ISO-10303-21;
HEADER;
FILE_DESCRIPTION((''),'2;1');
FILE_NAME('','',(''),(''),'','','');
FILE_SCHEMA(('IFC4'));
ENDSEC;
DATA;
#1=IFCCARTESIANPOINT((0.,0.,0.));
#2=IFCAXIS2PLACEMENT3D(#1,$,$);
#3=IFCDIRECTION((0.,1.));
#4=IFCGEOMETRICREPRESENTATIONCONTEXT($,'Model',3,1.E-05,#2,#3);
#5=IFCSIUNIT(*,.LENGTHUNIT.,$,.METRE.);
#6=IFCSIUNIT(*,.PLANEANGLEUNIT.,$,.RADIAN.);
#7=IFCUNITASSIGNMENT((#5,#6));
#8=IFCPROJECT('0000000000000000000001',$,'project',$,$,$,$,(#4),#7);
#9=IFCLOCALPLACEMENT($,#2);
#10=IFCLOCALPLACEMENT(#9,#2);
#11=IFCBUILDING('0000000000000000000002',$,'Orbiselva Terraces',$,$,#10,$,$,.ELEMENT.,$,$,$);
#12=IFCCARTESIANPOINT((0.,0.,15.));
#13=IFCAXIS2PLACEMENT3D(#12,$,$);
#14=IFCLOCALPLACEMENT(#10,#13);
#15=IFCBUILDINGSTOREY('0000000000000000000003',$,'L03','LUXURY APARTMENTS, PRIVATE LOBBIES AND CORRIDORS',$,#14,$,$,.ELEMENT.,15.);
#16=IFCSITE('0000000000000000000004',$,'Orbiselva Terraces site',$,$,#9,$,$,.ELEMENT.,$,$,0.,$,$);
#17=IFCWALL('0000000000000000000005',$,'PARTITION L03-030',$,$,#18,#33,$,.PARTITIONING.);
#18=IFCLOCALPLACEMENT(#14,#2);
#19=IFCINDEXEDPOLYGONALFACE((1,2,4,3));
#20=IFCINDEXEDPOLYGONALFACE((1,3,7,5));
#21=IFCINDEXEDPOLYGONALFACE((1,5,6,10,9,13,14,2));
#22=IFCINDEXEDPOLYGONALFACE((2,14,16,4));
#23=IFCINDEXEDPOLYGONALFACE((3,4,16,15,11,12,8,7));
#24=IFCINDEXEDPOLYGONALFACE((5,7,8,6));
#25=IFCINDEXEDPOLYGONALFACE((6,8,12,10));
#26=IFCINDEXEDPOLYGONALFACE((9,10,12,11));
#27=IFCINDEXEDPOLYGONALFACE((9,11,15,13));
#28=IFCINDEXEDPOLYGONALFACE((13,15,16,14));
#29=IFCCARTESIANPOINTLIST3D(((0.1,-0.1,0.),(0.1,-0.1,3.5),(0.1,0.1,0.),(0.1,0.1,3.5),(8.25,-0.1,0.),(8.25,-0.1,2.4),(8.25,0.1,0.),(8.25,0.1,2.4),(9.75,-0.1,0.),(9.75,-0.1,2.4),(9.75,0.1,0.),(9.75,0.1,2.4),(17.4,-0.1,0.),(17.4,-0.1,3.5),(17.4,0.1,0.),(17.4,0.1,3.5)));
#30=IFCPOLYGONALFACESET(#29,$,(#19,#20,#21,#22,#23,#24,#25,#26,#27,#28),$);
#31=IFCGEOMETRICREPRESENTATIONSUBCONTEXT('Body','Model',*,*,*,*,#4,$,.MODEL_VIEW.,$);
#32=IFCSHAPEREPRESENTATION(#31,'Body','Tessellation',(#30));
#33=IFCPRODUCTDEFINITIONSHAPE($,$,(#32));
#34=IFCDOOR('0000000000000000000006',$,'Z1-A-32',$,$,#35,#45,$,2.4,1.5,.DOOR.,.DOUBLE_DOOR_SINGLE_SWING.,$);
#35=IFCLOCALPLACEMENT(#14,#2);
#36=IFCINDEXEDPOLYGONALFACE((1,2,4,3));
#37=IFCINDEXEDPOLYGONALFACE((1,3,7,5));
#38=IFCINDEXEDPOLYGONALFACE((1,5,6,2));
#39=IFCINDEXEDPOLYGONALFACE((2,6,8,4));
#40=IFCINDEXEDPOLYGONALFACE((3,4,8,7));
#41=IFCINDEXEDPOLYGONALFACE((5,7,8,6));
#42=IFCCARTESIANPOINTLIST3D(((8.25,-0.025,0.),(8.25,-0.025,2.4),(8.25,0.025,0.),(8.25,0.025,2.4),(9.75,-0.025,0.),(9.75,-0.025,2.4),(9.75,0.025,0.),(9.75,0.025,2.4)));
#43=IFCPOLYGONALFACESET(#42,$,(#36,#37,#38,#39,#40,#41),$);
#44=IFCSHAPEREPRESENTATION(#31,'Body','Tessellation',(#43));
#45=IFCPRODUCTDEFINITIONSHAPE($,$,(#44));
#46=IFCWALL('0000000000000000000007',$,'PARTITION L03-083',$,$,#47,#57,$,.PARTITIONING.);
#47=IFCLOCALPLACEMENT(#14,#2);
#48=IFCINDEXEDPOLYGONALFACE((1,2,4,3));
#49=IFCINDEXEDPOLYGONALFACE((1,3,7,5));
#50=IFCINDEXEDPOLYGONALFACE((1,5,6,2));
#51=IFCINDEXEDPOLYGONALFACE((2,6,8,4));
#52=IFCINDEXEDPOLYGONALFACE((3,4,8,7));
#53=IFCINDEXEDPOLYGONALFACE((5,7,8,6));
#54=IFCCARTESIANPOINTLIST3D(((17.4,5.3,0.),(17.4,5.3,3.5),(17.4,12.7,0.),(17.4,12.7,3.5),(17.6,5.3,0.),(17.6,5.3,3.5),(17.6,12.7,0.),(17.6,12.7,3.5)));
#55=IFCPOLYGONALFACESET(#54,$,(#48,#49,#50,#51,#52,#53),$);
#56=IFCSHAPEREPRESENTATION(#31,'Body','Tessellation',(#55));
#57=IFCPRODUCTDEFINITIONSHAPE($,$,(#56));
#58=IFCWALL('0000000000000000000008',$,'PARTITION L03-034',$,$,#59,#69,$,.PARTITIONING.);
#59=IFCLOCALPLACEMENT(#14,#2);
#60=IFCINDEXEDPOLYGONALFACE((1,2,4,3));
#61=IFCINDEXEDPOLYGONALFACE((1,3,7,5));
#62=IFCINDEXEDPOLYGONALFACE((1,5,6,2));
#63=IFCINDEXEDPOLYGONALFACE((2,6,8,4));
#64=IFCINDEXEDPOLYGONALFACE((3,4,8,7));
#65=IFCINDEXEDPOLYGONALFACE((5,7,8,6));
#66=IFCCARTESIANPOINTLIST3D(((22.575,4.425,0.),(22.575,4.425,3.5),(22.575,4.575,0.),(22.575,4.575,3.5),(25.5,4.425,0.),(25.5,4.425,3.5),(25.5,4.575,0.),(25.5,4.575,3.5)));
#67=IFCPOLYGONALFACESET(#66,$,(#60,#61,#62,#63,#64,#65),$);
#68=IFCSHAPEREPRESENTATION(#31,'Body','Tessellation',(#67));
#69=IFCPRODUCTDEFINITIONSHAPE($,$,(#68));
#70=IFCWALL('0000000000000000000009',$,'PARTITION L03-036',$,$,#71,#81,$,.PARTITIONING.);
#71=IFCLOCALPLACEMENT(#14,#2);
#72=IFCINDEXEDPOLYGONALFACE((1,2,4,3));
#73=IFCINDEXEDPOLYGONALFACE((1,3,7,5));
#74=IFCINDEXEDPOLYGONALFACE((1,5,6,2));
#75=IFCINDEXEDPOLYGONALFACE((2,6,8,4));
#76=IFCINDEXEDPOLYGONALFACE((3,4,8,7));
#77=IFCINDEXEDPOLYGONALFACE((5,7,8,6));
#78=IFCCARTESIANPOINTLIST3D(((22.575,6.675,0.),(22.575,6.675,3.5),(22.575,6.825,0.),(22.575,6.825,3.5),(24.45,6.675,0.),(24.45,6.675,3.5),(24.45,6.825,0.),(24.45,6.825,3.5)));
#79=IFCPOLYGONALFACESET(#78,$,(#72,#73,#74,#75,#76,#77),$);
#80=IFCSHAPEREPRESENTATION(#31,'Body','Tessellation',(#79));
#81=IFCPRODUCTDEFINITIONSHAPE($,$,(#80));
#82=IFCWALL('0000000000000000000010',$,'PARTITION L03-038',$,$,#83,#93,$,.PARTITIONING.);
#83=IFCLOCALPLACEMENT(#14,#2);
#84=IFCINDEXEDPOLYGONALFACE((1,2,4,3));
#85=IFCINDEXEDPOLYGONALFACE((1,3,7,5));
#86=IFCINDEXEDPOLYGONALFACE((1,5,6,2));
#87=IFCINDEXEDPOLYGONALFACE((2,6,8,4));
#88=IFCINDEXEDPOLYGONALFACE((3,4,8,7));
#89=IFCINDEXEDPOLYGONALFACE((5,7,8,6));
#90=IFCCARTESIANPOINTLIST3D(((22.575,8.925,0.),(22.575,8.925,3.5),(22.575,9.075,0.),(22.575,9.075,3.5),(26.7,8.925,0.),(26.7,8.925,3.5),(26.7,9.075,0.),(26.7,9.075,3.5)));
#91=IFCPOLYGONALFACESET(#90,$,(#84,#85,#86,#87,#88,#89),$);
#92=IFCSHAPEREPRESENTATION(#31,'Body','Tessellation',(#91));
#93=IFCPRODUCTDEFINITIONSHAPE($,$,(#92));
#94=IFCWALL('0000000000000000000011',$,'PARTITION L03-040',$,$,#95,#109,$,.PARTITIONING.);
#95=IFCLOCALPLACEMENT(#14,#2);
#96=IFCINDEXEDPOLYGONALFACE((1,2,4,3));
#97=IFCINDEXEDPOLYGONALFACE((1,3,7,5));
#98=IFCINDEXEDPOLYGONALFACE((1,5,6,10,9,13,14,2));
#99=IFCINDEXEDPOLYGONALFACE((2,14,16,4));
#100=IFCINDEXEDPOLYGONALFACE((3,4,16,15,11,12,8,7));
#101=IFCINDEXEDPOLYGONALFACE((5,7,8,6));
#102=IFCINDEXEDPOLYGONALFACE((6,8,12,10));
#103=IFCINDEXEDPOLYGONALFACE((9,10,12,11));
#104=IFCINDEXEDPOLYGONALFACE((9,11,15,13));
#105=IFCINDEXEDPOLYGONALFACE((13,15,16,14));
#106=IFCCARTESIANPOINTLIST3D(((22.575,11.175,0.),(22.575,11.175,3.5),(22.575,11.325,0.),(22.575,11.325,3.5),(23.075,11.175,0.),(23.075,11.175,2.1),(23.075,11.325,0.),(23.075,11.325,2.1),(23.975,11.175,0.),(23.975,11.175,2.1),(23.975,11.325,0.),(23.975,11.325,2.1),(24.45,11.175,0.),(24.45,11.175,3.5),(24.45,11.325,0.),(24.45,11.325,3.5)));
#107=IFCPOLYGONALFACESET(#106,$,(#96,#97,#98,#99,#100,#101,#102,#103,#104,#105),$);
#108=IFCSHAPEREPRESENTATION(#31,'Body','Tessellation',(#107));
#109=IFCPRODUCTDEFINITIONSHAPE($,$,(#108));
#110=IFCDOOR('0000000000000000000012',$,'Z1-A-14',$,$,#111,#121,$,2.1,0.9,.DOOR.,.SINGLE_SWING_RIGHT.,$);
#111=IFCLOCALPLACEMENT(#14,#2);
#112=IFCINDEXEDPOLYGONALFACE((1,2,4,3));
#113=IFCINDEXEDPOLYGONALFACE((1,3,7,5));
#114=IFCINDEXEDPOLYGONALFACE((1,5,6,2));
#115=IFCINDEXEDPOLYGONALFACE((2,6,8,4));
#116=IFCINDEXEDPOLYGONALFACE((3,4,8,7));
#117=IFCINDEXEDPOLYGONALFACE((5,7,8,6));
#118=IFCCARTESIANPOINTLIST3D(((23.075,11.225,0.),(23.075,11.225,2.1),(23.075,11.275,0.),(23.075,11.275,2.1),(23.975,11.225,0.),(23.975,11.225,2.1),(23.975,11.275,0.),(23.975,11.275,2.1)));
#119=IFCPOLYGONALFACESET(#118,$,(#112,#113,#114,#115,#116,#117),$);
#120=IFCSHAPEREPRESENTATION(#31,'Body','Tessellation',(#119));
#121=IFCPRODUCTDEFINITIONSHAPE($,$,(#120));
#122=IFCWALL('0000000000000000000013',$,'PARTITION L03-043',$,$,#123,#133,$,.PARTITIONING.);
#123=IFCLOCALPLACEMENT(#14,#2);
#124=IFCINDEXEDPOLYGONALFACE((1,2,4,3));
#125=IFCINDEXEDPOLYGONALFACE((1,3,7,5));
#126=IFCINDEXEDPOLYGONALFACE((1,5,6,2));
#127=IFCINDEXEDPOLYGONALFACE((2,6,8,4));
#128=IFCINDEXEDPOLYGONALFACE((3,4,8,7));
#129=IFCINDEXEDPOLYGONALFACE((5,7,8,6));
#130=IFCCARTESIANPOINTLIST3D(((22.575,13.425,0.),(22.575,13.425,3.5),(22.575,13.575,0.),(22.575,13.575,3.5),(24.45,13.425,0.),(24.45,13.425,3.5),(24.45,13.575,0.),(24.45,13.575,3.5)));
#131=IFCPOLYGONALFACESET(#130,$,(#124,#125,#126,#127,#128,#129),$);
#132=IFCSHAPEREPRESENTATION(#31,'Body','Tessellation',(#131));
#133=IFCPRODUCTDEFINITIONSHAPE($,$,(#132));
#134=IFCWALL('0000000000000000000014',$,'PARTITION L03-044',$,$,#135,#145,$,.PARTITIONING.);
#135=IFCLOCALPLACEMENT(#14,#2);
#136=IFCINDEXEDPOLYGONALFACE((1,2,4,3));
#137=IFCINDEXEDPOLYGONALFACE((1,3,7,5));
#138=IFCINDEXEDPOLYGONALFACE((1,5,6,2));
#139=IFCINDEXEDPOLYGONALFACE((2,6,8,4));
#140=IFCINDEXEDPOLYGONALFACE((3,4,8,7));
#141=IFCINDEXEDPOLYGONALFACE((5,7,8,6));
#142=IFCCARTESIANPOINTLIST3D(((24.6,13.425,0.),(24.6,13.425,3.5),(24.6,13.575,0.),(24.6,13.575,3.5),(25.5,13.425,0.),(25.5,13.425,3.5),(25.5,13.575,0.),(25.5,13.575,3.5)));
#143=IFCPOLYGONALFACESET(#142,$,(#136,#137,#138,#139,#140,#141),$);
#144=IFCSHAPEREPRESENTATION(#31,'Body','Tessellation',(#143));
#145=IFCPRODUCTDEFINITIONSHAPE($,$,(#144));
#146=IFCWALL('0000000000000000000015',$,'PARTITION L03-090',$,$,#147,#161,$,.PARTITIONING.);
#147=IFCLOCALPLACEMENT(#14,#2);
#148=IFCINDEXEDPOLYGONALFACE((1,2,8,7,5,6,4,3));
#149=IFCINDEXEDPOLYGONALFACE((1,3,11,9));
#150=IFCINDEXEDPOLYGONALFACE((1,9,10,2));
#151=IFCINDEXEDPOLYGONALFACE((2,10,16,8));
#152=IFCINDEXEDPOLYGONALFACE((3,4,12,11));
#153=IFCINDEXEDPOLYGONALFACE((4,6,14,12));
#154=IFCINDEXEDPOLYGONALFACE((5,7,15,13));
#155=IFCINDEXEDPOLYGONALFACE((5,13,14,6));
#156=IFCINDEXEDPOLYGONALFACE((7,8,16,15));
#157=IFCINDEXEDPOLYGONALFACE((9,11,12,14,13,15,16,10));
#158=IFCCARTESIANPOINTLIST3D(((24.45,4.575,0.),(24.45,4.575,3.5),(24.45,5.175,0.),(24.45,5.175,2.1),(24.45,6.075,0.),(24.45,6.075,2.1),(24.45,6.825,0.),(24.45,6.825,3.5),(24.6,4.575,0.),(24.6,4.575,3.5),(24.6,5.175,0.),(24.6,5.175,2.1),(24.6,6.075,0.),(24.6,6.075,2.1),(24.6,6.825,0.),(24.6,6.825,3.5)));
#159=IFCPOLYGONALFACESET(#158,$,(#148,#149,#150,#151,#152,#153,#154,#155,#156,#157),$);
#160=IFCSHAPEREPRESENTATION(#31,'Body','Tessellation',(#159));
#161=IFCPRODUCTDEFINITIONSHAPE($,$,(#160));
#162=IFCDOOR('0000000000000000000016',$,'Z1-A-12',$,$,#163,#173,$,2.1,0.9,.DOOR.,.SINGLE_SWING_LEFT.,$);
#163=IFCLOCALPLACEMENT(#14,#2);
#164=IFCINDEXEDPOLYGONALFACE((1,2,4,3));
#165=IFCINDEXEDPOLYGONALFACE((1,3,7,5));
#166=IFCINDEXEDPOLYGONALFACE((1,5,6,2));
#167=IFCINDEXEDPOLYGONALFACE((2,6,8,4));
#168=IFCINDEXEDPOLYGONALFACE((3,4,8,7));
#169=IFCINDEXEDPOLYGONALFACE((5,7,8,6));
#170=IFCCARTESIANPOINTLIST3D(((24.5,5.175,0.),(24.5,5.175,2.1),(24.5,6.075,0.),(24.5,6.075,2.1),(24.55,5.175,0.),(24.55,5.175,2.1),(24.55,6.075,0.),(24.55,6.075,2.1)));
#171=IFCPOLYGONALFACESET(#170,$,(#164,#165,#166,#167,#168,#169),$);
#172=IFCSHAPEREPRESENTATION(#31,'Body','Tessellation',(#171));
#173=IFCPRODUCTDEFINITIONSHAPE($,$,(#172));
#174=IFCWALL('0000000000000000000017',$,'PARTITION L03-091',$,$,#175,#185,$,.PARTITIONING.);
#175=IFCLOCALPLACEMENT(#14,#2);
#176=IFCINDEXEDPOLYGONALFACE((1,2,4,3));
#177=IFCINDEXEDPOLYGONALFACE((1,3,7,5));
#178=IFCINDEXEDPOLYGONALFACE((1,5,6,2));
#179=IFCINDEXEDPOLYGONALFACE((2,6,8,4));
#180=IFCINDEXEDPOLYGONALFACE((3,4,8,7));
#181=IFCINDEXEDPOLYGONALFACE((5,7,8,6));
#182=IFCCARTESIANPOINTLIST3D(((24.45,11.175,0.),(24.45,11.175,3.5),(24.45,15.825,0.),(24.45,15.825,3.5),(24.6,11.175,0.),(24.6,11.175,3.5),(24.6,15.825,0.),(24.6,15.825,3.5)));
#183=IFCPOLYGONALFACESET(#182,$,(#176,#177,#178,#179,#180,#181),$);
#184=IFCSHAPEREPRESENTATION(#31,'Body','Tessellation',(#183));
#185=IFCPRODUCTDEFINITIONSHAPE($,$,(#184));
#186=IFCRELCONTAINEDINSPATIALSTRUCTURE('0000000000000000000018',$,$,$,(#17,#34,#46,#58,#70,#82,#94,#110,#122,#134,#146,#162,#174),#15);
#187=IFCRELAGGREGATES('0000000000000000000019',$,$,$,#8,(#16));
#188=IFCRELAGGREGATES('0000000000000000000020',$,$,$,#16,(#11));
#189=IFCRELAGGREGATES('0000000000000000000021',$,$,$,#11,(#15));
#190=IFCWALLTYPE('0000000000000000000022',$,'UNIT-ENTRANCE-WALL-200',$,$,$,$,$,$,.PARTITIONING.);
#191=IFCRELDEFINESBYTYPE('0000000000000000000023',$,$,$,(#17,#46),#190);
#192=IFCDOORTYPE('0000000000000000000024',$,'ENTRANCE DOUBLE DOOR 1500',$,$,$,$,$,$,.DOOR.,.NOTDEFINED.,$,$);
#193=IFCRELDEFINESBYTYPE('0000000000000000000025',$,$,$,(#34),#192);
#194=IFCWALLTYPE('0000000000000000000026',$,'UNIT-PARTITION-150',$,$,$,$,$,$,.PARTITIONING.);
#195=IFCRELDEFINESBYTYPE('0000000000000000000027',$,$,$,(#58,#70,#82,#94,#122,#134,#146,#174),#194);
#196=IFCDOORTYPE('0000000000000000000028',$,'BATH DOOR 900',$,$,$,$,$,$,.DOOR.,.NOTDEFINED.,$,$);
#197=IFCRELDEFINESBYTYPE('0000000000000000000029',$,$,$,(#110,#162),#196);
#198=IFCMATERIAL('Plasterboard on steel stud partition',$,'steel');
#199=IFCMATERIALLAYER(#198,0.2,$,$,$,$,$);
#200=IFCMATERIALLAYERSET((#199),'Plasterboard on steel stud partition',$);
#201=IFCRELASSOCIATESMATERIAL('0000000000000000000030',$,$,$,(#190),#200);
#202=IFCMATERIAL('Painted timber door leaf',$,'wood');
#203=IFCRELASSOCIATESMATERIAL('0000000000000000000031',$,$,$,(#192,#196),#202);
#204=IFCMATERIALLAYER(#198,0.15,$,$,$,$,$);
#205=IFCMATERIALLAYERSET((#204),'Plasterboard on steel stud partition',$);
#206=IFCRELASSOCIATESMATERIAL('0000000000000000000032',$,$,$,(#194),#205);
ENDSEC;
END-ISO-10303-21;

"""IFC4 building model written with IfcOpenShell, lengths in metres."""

from ifc_helpers import new_model, si_unit, direction, frame, frame_2d, origin, place, context, subcontext, project, spatial, rectangle, extrude, material, layer, layer_set, type_object, element, fill, save


model = new_model("IFC4")

# Units and contexts
model_context = context("Model", 3, precision=1e-05, world=origin(), true_north=direction((0.0, 1.0)))
body_context = subcontext(model_context, "Body", "Model", "MODEL_VIEW")
ifc_project = project(units=[si_unit("LENGTHUNIT", "METRE"), si_unit("PLANEANGLEUNIT", "RADIAN")], contexts=[model_context])

# Site, building, storey
site_placement = place(None, origin())
site = spatial("IfcSite", under=ifc_project, at=site_placement, Name="Orbiselva Terraces site", CompositionType="ELEMENT", RefElevation=0.0)
building_placement = place(site_placement, origin())
building = spatial("IfcBuilding", under=site, at=building_placement, Name="Orbiselva Terraces", CompositionType="ELEMENT")
storey_placement = place(building_placement, frame((0.0, 0.0, 15.0)))
storey = spatial("IfcBuildingStorey", under=building, at=storey_placement, Name="L03", Description="LUXURY APARTMENTS, PRIVATE LOBBIES AND CORRIDORS", CompositionType="ELEMENT", Elevation=15.0)

# Wall, opening, door
ifc_material_1 = material(Name="Plasterboard on steel stud partition", Category="steel")
ifc_layer_1 = layer(ifc_material_1, 0.2)
ifc_layer_set_1 = layer_set([ifc_layer_1], Name="Plasterboard on steel stud partition")
wall_type_1 = type_object("IfcWallType", Name="UNIT-ENTRANCE-WALL-200", PredefinedType="PARTITIONING", material=ifc_layer_set_1)
wall_1_placement = place(storey_placement, frame((17.4, 0.0, 0.0), z_axis=(0.0, 0.0, 1.0), x_axis=(-1.0, 0.0, 0.0)))
wall_1 = element("IfcWall", 1, at=wall_1_placement, inside=storey, type_object=wall_type_1, Name="PARTITION L03-030", PredefinedType="PARTITIONING", context=body_context, shape_type="SweptSolid", body=[
    extrude(rectangle(XDim=17.3, YDim=0.2, at=frame_2d((8.65, 0.0))), origin(), (0.0, 0.0, 1.0), 3.5),
])
opening_1_placement = place(wall_1_placement, frame((7.65, 0.0, 0.0)))
opening_1 = element("IfcOpeningElement", 2, at=opening_1_placement, cuts=wall_1, PredefinedType="OPENING", context=body_context, shape_type="SweptSolid", body=[
    extrude(rectangle(XDim=1.5, YDim=2.4, at=frame_2d((0.75, 1.2))), frame((0.0, 0.11, 0.0), z_axis=(0.0, -1.0, 0.0), x_axis=(1.0, 0.0, 0.0)), (0.0, 0.0, 1.0), 0.22),
])
ifc_material_2 = material(Name="Painted timber door leaf", Category="wood")
door_type_1 = type_object("IfcDoorType", Name="ENTRANCE DOUBLE DOOR 1500", OperationType="NOTDEFINED", PredefinedType="DOOR", material=ifc_material_2)
door_1_placement = place(opening_1_placement, origin())
door_1 = element("IfcDoor", 3, at=door_1_placement, inside=storey, type_object=door_type_1, Name="Z1-A-32", OperationType="DOUBLE_DOOR_SINGLE_SWING", OverallHeight=2.4, OverallWidth=1.5, PredefinedType="DOOR", context=body_context, shape_type="SweptSolid", body=[
    extrude(rectangle(XDim=1.5, YDim=2.4, at=frame_2d((0.75, 1.2))), frame((0.0, 0.025, 0.0), z_axis=(0.0, -1.0, 0.0), x_axis=(1.0, 0.0, 0.0)), (0.0, 0.0, 1.0), 0.05),
])
fill(opening_1, door_1)

# Walls
wall_2_placement = place(storey_placement, frame((17.5, 5.3, 0.0), z_axis=(0.0, 0.0, 1.0), x_axis=(0.0, 1.0, 0.0)))
element("IfcWall", 4, at=wall_2_placement, inside=storey, type_object=wall_type_1, Name="PARTITION L03-083", PredefinedType="PARTITIONING", context=body_context, shape_type="SweptSolid", body=[
    extrude(rectangle(XDim=7.4, YDim=0.2, at=frame_2d((3.7, 0.0))), origin(), (0.0, 0.0, 1.0), 3.5),
])
ifc_layer_2 = layer(ifc_material_1, 0.15)
ifc_layer_set_2 = layer_set([ifc_layer_2], Name="Plasterboard on steel stud partition")
wall_type_2 = type_object("IfcWallType", Name="UNIT-PARTITION-150", PredefinedType="PARTITIONING", material=ifc_layer_set_2)
wall_3_placement = place(storey_placement, frame((22.575, 4.5, 0.0), z_axis=(0.0, 0.0, 1.0), x_axis=(1.0, 0.0, 0.0)))
element("IfcWall", 5, at=wall_3_placement, inside=storey, type_object=wall_type_2, Name="PARTITION L03-034", PredefinedType="PARTITIONING", context=body_context, shape_type="SweptSolid", body=[
    extrude(rectangle(XDim=2.925, YDim=0.15, at=frame_2d((1.4625, 0.0))), origin(), (0.0, 0.0, 1.0), 3.5),
])
wall_4_placement = place(storey_placement, frame((22.575, 6.75, 0.0), z_axis=(0.0, 0.0, 1.0), x_axis=(1.0, 0.0, 0.0)))
element("IfcWall", 6, at=wall_4_placement, inside=storey, type_object=wall_type_2, Name="PARTITION L03-036", PredefinedType="PARTITIONING", context=body_context, shape_type="SweptSolid", body=[
    extrude(rectangle(XDim=1.875, YDim=0.15, at=frame_2d((0.9375, 0.0))), origin(), (0.0, 0.0, 1.0), 3.5),
])
wall_5_placement = place(storey_placement, frame((22.575, 9.0, 0.0), z_axis=(0.0, 0.0, 1.0), x_axis=(1.0, 0.0, 0.0)))
element("IfcWall", 7, at=wall_5_placement, inside=storey, type_object=wall_type_2, Name="PARTITION L03-038", PredefinedType="PARTITIONING", context=body_context, shape_type="SweptSolid", body=[
    extrude(rectangle(XDim=4.125, YDim=0.15, at=frame_2d((2.0625, 0.0))), origin(), (0.0, 0.0, 1.0), 3.5),
])

# Wall, opening, door
wall_6_placement = place(storey_placement, frame((22.575, 11.25, 0.0), z_axis=(0.0, 0.0, 1.0), x_axis=(1.0, 0.0, 0.0)))
wall_6 = element("IfcWall", 8, at=wall_6_placement, inside=storey, type_object=wall_type_2, Name="PARTITION L03-040", PredefinedType="PARTITIONING", context=body_context, shape_type="SweptSolid", body=[
    extrude(rectangle(XDim=1.875, YDim=0.15, at=frame_2d((0.9375, 0.0))), origin(), (0.0, 0.0, 1.0), 3.5),
])
opening_2_placement = place(wall_6_placement, frame((0.5, 0.0, 0.0)))
opening_2 = element("IfcOpeningElement", 9, at=opening_2_placement, cuts=wall_6, PredefinedType="OPENING", context=body_context, shape_type="SweptSolid", body=[
    extrude(rectangle(XDim=0.9, YDim=2.1, at=frame_2d((0.45, 1.05))), frame((0.0, 0.085, 0.0), z_axis=(0.0, -1.0, 0.0), x_axis=(1.0, 0.0, 0.0)), (0.0, 0.0, 1.0), 0.17),
])
door_type_2 = type_object("IfcDoorType", Name="BATH DOOR 900", OperationType="NOTDEFINED", PredefinedType="DOOR", material=ifc_material_2)
door_2_placement = place(opening_2_placement, origin())
door_2 = element("IfcDoor", 10, at=door_2_placement, inside=storey, type_object=door_type_2, Name="Z1-A-14", OperationType="SINGLE_SWING_RIGHT", OverallHeight=2.1, OverallWidth=0.9, PredefinedType="DOOR", context=body_context, shape_type="SweptSolid", body=[
    extrude(rectangle(XDim=0.9, YDim=2.1, at=frame_2d((0.45, 1.05))), frame((0.0, 0.025, 0.0), z_axis=(0.0, -1.0, 0.0), x_axis=(1.0, 0.0, 0.0)), (0.0, 0.0, 1.0), 0.05),
])
fill(opening_2, door_2)

# Walls
wall_7_placement = place(storey_placement, frame((22.575, 13.5, 0.0), z_axis=(0.0, 0.0, 1.0), x_axis=(1.0, 0.0, 0.0)))
element("IfcWall", 11, at=wall_7_placement, inside=storey, type_object=wall_type_2, Name="PARTITION L03-043", PredefinedType="PARTITIONING", context=body_context, shape_type="SweptSolid", body=[
    extrude(rectangle(XDim=1.875, YDim=0.15, at=frame_2d((0.9375, 0.0))), origin(), (0.0, 0.0, 1.0), 3.5),
])
wall_8_placement = place(storey_placement, frame((24.6, 13.5, 0.0), z_axis=(0.0, 0.0, 1.0), x_axis=(1.0, 0.0, 0.0)))
element("IfcWall", 12, at=wall_8_placement, inside=storey, type_object=wall_type_2, Name="PARTITION L03-044", PredefinedType="PARTITIONING", context=body_context, shape_type="SweptSolid", body=[
    extrude(rectangle(XDim=0.9, YDim=0.15, at=frame_2d((0.45, 0.0))), origin(), (0.0, 0.0, 1.0), 3.5),
])

# Wall, opening, door
wall_9_placement = place(storey_placement, frame((24.525, 4.575, 0.0), z_axis=(0.0, 0.0, 1.0), x_axis=(0.0, 1.0, 0.0)))
wall_9 = element("IfcWall", 13, at=wall_9_placement, inside=storey, type_object=wall_type_2, Name="PARTITION L03-090", PredefinedType="PARTITIONING", context=body_context, shape_type="SweptSolid", body=[
    extrude(rectangle(XDim=2.25, YDim=0.15, at=frame_2d((1.125, 0.0))), origin(), (0.0, 0.0, 1.0), 3.5),
])
opening_3_placement = place(wall_9_placement, frame((0.6, 0.0, 0.0)))
opening_3 = element("IfcOpeningElement", 14, at=opening_3_placement, cuts=wall_9, PredefinedType="OPENING", context=body_context, shape_type="SweptSolid", body=[
    extrude(rectangle(XDim=0.9, YDim=2.1, at=frame_2d((0.45, 1.05))), frame((0.0, 0.085, 0.0), z_axis=(0.0, -1.0, 0.0), x_axis=(1.0, 0.0, 0.0)), (0.0, 0.0, 1.0), 0.17),
])
door_3_placement = place(opening_3_placement, origin())
door_3 = element("IfcDoor", 15, at=door_3_placement, inside=storey, type_object=door_type_2, Name="Z1-A-12", OperationType="SINGLE_SWING_LEFT", OverallHeight=2.1, OverallWidth=0.9, PredefinedType="DOOR", context=body_context, shape_type="SweptSolid", body=[
    extrude(rectangle(XDim=0.9, YDim=2.1, at=frame_2d((0.45, 1.05))), frame((0.0, 0.025, 0.0), z_axis=(0.0, -1.0, 0.0), x_axis=(1.0, 0.0, 0.0)), (0.0, 0.0, 1.0), 0.05),
])
fill(opening_3, door_3)

# Wall
wall_10_placement = place(storey_placement, frame((24.525, 11.175, 0.0), z_axis=(0.0, 0.0, 1.0), x_axis=(0.0, 1.0, 0.0)))
element("IfcWall", 16, at=wall_10_placement, inside=storey, type_object=wall_type_2, Name="PARTITION L03-091", PredefinedType="PARTITIONING", context=body_context, shape_type="SweptSolid", body=[
    extrude(rectangle(XDim=4.65, YDim=0.15, at=frame_2d((2.325, 0.0))), origin(), (0.0, 0.0, 1.0), 3.5),
])

save(model, "model.ifc")
